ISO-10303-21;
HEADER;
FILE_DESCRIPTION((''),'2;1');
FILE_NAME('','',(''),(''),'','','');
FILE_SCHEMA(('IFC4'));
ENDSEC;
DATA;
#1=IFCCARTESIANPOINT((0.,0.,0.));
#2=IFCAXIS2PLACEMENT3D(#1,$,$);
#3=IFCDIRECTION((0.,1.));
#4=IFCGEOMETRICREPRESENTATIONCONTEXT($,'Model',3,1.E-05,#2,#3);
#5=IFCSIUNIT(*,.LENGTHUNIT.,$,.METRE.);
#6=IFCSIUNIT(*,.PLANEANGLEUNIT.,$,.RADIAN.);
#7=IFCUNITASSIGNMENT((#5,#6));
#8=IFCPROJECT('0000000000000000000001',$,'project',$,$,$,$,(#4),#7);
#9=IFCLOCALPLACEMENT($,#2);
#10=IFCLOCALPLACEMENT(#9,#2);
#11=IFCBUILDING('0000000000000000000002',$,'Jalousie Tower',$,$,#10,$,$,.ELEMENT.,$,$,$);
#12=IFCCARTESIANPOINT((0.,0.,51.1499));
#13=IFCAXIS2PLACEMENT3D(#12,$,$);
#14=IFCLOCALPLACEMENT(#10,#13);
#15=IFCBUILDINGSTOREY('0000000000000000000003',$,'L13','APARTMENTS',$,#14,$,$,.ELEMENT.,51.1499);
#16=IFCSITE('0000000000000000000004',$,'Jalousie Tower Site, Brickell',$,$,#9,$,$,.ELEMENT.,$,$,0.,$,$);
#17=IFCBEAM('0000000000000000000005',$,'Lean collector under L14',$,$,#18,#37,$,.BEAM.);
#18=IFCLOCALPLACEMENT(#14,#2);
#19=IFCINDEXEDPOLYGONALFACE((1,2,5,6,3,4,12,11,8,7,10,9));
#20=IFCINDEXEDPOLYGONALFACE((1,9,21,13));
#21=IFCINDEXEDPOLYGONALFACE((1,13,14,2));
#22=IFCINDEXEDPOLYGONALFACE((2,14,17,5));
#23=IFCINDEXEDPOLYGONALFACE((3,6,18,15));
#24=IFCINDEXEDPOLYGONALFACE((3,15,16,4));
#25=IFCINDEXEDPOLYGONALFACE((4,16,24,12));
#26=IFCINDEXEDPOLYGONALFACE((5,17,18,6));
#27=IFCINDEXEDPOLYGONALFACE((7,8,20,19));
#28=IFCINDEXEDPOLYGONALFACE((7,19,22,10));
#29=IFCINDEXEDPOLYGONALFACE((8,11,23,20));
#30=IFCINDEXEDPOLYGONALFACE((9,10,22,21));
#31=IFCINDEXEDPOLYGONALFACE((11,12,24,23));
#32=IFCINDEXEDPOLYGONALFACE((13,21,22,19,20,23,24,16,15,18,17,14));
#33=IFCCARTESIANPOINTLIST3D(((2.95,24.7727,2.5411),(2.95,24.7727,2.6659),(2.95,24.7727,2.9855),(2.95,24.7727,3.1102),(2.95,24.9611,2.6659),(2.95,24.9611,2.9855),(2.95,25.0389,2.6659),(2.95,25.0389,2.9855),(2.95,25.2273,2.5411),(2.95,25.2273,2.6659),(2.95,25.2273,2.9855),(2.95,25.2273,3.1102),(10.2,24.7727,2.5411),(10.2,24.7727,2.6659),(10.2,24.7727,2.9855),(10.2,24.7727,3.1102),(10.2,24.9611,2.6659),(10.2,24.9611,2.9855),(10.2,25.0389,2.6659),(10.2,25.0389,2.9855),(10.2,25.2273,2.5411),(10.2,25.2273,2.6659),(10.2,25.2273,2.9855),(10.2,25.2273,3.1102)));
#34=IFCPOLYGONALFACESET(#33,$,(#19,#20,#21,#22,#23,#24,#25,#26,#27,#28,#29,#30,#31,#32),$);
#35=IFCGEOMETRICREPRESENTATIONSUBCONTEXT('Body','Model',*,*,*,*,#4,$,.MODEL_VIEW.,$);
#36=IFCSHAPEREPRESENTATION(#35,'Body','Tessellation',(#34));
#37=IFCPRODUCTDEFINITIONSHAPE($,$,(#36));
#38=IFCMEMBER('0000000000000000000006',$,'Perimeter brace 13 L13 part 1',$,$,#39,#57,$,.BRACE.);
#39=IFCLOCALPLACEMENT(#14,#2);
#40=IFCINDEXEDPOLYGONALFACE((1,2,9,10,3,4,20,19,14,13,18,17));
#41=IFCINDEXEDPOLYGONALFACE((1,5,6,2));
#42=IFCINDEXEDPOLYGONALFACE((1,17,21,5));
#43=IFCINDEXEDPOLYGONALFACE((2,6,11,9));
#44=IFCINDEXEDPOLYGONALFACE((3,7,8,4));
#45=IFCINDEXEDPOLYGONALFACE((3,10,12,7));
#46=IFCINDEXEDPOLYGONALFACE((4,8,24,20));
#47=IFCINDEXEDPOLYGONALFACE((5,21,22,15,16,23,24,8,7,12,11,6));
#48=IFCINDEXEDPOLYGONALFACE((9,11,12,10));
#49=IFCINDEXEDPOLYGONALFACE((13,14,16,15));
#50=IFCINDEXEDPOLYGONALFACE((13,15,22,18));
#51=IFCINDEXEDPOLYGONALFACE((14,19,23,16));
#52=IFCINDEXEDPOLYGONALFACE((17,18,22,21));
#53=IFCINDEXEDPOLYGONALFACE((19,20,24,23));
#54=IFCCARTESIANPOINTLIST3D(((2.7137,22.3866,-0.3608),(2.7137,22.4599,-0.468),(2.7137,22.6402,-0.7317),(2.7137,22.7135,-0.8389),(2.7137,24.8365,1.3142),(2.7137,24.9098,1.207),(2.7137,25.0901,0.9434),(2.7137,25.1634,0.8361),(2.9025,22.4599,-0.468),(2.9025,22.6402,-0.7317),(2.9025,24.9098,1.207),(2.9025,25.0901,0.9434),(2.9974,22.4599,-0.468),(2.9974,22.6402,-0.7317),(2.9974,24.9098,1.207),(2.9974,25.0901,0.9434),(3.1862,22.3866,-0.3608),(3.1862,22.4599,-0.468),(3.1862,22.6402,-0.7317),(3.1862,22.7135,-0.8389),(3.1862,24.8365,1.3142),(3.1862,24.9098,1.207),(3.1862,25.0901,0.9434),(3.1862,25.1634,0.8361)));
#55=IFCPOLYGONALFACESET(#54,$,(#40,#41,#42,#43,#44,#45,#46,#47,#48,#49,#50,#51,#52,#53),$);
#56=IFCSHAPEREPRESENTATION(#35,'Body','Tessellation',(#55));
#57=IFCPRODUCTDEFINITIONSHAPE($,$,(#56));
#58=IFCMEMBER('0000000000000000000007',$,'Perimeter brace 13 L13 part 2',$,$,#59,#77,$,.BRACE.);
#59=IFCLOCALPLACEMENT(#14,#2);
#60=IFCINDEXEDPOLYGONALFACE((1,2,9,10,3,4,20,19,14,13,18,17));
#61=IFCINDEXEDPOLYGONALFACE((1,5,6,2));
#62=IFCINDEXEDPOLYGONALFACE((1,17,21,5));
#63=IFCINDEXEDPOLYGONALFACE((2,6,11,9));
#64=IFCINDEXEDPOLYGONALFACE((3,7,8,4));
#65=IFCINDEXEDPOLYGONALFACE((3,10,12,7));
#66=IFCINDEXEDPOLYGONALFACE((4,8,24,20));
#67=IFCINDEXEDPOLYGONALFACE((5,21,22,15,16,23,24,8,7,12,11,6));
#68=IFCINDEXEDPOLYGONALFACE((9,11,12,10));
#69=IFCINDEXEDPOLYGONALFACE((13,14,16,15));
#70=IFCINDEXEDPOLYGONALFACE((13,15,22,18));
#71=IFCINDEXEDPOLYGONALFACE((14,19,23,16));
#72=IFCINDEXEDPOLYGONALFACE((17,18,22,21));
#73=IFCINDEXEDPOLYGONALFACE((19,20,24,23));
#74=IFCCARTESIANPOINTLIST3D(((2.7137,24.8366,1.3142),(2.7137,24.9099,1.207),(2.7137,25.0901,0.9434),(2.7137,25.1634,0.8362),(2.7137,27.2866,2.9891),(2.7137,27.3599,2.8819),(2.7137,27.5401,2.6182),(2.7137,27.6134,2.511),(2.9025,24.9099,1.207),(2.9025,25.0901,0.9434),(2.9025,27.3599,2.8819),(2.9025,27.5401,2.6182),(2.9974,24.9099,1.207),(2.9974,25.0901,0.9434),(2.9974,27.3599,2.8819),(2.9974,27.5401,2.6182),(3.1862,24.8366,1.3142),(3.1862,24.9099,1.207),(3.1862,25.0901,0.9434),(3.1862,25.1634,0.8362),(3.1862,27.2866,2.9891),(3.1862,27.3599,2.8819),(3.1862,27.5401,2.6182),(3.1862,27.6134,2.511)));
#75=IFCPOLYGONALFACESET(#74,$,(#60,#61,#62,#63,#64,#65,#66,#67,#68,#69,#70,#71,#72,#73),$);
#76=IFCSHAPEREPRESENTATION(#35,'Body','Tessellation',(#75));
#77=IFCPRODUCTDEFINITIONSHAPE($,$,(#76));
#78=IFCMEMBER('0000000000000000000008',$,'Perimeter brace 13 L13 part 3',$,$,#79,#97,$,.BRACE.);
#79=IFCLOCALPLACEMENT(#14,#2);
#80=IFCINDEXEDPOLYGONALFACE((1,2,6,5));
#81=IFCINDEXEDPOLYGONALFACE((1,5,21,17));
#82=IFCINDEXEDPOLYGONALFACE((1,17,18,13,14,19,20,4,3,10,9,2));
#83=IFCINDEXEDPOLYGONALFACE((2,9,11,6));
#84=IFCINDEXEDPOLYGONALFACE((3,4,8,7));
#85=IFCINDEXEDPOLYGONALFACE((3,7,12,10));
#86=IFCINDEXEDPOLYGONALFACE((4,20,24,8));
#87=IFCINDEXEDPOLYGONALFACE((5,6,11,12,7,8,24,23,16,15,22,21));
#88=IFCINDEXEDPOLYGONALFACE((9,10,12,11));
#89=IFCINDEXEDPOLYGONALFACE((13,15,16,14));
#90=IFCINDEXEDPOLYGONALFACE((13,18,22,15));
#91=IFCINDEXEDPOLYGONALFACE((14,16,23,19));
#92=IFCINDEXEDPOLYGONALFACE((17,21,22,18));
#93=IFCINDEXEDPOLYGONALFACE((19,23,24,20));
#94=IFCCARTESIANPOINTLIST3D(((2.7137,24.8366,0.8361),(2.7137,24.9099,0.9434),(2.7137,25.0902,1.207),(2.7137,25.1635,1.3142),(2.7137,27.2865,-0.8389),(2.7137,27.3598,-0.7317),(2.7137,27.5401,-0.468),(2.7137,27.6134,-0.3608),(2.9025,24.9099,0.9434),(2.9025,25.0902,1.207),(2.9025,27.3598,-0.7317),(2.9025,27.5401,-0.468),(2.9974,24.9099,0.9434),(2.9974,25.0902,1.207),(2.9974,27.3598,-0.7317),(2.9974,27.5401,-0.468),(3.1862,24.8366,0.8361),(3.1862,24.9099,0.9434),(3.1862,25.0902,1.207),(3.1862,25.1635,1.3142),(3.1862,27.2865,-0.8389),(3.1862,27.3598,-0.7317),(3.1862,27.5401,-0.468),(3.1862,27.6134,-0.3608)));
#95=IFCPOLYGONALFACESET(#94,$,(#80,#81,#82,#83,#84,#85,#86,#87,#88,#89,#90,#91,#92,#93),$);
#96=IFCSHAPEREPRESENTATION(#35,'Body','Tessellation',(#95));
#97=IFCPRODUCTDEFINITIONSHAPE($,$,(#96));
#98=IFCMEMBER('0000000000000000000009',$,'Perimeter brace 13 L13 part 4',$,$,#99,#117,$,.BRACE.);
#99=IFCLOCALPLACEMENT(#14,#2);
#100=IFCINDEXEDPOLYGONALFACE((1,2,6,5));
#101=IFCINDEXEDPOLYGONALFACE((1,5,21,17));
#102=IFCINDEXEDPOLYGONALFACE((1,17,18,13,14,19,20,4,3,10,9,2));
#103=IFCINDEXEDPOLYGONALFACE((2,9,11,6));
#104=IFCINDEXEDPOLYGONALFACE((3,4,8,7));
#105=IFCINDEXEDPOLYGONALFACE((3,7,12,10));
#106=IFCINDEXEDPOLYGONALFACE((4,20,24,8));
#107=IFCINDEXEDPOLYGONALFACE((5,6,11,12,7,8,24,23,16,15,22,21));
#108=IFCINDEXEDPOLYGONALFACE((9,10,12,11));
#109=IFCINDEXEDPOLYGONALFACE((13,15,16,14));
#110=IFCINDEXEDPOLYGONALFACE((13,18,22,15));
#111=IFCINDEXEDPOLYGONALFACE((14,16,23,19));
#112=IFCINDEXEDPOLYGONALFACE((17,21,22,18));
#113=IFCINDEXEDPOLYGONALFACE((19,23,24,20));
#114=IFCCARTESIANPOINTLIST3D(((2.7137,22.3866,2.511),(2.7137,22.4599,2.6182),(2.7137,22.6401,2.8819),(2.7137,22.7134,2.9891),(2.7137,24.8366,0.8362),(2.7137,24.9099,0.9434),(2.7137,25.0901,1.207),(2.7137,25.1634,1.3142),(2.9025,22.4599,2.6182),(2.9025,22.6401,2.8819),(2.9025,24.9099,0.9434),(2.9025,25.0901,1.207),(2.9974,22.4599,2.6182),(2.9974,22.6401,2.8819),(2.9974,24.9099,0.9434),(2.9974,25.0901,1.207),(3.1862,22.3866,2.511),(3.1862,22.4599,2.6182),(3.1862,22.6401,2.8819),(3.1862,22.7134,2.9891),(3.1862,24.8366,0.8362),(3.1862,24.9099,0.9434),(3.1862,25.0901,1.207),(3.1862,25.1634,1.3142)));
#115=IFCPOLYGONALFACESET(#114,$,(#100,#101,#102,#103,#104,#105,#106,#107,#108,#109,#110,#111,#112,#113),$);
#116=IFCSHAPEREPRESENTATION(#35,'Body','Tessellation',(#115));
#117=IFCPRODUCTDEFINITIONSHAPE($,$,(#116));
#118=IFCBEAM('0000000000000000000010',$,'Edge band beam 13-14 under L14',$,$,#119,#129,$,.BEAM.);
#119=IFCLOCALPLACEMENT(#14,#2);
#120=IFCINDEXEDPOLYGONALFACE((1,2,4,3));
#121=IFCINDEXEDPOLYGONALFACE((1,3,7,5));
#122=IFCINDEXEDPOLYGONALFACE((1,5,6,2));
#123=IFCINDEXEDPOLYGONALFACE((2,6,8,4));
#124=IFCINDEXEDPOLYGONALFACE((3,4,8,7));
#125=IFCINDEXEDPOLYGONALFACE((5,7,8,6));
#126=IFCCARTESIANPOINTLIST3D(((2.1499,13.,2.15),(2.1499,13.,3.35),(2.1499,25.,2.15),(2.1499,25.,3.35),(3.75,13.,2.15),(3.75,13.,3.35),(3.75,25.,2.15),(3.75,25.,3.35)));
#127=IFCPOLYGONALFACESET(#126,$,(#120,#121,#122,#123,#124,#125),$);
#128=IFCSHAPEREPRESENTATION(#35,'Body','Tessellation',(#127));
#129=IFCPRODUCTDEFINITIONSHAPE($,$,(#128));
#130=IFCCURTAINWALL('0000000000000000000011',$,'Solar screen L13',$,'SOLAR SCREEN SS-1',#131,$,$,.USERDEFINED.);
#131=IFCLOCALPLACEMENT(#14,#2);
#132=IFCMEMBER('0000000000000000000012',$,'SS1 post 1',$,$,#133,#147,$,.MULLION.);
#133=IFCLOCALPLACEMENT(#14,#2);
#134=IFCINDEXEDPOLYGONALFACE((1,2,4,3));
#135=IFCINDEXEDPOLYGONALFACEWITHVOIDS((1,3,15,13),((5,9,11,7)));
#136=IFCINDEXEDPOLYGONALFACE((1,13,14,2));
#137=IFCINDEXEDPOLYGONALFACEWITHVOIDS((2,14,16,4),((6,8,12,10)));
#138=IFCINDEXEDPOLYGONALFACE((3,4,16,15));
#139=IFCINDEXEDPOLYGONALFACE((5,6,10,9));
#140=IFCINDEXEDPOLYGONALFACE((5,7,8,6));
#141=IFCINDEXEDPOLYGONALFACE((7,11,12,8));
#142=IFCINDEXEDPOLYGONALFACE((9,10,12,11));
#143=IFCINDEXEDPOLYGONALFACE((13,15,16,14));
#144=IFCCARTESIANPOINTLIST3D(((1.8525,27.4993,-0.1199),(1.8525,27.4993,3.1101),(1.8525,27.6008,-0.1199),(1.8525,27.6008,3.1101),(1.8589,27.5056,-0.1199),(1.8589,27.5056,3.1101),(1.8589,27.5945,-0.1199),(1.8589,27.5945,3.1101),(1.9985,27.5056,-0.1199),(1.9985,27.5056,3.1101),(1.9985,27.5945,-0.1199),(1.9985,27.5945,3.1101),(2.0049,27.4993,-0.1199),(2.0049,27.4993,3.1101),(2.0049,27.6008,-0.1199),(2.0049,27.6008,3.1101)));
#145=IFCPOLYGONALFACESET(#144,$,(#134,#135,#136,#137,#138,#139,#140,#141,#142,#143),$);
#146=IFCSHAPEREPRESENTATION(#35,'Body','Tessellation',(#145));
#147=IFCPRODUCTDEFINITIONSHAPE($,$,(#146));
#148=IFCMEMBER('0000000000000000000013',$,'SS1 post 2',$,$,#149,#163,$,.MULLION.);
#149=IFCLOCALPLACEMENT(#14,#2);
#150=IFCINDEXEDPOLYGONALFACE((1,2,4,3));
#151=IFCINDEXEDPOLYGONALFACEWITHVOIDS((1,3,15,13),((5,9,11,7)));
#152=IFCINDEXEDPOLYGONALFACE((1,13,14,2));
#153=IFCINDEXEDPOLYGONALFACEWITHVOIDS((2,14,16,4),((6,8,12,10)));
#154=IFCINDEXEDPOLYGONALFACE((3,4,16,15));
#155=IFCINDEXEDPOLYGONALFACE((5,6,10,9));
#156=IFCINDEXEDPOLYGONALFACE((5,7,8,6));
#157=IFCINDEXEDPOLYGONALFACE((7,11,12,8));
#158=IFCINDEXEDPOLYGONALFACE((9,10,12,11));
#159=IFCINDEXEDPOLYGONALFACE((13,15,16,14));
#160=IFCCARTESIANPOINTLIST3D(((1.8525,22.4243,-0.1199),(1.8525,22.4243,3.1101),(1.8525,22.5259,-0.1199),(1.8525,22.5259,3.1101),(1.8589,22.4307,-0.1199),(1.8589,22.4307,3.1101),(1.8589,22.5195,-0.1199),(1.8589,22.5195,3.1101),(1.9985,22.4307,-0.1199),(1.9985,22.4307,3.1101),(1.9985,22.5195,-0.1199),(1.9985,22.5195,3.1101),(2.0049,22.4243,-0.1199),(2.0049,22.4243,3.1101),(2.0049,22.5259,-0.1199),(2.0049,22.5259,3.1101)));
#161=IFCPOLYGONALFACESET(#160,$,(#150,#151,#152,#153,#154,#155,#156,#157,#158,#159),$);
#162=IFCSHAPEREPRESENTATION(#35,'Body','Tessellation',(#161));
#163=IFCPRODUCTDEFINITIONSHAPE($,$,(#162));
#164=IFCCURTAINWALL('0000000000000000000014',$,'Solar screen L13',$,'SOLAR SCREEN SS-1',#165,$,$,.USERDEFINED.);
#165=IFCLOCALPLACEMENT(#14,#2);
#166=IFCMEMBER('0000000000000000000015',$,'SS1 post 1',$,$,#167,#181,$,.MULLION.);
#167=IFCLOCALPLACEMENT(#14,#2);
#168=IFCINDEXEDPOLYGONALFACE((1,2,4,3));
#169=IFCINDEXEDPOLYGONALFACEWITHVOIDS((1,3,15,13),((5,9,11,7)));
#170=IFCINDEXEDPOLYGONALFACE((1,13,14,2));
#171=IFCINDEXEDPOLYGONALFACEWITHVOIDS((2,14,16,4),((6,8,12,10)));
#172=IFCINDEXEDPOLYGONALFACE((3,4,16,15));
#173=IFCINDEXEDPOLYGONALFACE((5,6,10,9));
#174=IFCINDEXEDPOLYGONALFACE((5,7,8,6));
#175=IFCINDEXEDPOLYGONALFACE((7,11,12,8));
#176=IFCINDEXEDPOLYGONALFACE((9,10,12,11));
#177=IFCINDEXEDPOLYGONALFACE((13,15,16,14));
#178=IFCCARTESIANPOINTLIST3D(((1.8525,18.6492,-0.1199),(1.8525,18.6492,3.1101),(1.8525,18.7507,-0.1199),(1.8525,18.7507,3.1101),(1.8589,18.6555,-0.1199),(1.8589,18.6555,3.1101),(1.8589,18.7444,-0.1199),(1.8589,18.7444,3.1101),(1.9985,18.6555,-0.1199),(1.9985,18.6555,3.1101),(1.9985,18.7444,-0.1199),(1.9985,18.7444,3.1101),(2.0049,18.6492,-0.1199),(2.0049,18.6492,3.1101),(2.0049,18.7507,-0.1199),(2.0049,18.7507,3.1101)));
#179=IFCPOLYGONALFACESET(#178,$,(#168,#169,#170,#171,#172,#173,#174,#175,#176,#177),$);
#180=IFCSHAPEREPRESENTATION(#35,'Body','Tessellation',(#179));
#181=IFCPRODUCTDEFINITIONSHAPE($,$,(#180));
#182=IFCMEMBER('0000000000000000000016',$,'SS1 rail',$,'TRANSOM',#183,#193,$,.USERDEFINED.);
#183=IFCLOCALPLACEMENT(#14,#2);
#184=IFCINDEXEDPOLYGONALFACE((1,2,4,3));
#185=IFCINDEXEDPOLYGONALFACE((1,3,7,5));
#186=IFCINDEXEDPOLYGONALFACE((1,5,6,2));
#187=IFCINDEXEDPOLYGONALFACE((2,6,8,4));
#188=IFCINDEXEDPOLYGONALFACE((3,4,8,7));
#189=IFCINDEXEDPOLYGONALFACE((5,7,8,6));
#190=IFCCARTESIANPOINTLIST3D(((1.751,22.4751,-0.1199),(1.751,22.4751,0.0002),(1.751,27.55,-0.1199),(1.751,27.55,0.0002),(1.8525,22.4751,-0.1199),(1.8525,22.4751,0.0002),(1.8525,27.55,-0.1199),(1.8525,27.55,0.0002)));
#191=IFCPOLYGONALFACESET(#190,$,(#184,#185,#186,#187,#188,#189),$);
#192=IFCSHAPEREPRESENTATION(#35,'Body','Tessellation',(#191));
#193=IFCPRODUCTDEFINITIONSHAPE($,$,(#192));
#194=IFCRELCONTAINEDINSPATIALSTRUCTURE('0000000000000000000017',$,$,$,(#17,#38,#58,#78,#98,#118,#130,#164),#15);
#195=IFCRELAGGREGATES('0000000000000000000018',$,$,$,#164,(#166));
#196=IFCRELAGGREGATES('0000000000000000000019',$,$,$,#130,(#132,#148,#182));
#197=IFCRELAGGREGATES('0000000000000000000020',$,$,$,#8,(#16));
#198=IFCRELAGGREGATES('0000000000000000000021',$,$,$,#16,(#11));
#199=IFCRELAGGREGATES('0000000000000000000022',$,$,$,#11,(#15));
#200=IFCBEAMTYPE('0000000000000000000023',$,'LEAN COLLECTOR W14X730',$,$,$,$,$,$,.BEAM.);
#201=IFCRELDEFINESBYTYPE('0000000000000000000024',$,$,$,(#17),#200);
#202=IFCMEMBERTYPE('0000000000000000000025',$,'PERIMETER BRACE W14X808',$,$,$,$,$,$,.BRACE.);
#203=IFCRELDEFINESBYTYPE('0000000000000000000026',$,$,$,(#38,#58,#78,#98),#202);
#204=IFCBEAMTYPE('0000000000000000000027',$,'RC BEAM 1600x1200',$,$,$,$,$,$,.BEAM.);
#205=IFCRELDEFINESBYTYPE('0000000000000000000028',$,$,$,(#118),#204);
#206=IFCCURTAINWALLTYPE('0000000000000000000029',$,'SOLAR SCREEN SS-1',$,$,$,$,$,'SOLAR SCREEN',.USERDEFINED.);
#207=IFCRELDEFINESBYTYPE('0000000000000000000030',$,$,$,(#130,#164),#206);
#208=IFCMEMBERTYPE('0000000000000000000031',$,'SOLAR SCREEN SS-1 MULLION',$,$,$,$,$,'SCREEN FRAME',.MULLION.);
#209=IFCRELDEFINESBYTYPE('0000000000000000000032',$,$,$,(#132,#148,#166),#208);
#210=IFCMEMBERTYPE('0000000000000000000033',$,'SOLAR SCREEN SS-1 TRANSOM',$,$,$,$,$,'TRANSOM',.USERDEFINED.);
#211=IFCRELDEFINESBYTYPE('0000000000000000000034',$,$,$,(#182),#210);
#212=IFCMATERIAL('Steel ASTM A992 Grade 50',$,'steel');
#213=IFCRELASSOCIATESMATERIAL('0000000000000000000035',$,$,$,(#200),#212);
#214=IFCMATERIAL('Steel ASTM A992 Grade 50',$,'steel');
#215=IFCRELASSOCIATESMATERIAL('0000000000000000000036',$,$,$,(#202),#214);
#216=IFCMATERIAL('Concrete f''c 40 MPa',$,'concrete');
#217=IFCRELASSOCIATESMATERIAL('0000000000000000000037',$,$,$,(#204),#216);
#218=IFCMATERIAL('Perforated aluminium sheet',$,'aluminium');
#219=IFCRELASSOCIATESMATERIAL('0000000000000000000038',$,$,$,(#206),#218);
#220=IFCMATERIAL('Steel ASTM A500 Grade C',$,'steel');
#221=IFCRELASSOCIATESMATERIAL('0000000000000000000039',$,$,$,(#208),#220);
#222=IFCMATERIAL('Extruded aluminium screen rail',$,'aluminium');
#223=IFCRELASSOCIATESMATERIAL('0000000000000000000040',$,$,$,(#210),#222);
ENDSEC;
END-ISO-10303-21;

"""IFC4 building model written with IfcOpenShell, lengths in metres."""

from ifc_helpers import new_model, si_unit, direction, frame, origin, origin_2d, place, context, subcontext, project, spatial, rectangle, hollow_rectangle, i_section, extrude, material, material_profile, profile_set, type_object, element, aggregate, save


model = new_model("IFC4")

# Units and contexts
model_context = context("Model", 3, precision=1e-05, world=origin(), true_north=direction((0.0, 1.0)))
body_context = subcontext(model_context, "Body", "Model", "MODEL_VIEW")
ifc_project = project(units=[si_unit("LENGTHUNIT", "METRE"), si_unit("PLANEANGLEUNIT", "RADIAN")], contexts=[model_context])

# Site, building, storey
site_placement = place(None, origin())
site = spatial("IfcSite", under=ifc_project, at=site_placement, Name="Jalousie Tower Site, Brickell", CompositionType="ELEMENT", RefElevation=0.0)
building_placement = place(site_placement, origin())
building = spatial("IfcBuilding", under=site, at=building_placement, Name="Jalousie Tower", CompositionType="ELEMENT")
storey_placement = place(building_placement, frame((0.0, 0.0, 51.1499)))
storey = spatial("IfcBuildingStorey", under=building, at=storey_placement, Name="L13", Description="APARTMENTS", CompositionType="ELEMENT", Elevation=51.1499)

# Beam
ifc_material_1 = material(Name="Steel ASTM A992 Grade 50", Category="steel")
ifc_material_profile_1 = material_profile(ifc_material_1, i_section(OverallWidth=0.4546, OverallDepth=0.5691, WebThickness=0.0779, FlangeThickness=0.1248, at=origin_2d()), Name="W14X730")
ifc_profile_set_1 = profile_set([ifc_material_profile_1], Name="Steel ASTM A992 Grade 50")
beam_type_1 = type_object("IfcBeamType", Name="LEAN COLLECTOR W14X730", PredefinedType="BEAM", material=ifc_profile_set_1)
beam_1_placement = place(storey_placement, frame((2.95, 25.0, 2.8257), z_axis=(1.0, 0.0, 0.0), x_axis=(0.0, 1.0, 0.0)))
element("IfcBeam", 1, at=beam_1_placement, inside=storey, type_object=beam_type_1, Name="Lean collector under L14", PredefinedType="BEAM", context=body_context, shape_type="SweptSolid", body=[
    extrude(i_section(OverallWidth=0.4546, OverallDepth=0.5691, WebThickness=0.0779, FlangeThickness=0.1248, at=origin_2d()), origin(), (0.0, 0.0, 1.0), 7.25),
])

# Members
ifc_material_2 = material(Name="Steel ASTM A992 Grade 50", Category="steel")
ifc_material_profile_2 = material_profile(ifc_material_2, i_section(OverallWidth=0.4724, OverallDepth=0.5791, WebThickness=0.095, FlangeThickness=0.1299, at=origin_2d()), Name="W14X808")
ifc_profile_set_2 = profile_set([ifc_material_profile_2], Name="Steel ASTM A992 Grade 50")
member_type_1 = type_object("IfcMemberType", Name="PERIMETER BRACE W14X808", PredefinedType="BRACE", material=ifc_profile_set_2)
for number, where, z_axis, x_axis, name in (
    (2, (2.95, 22.55, -0.5999), (0.0, 0.825501, 0.564401), (-1.0, 0.0, 0.0), "Perimeter brace 13 L13 part 1"),
    (3, (2.95, 25.0, 1.0752), (0.0, 0.825539, 0.564345), (-1.0, 0.0, 0.0), "Perimeter brace 13 L13 part 2"),
    (4, (2.95, 27.45, -0.5999), (0.0, -0.825501, 0.564401), (1.0, 0.0, 0.0), "Perimeter brace 13 L13 part 3"),
    (5, (2.95, 25.0, 1.0752), (0.0, -0.825539, 0.564345), (1.0, 0.0, 0.0), "Perimeter brace 13 L13 part 4"),
):
    element("IfcMember", number, at=place(storey_placement, frame(where, z_axis=z_axis, x_axis=x_axis)), inside=storey, type_object=member_type_1, Name=name, PredefinedType="BRACE", context=body_context, shape_type="SweptSolid", body=[
        extrude(i_section(OverallWidth=0.4724, OverallDepth=0.5791, WebThickness=0.095, FlangeThickness=0.1299, at=origin_2d()), origin(), (0.0, 0.0, 1.0), 2.9678),
    ])

# Beam
ifc_material_3 = material(Name="Concrete f'c 40 MPa", Category="concrete")
ifc_material_profile_3 = material_profile(ifc_material_3, rectangle(XDim=1.6001, YDim=1.2, at=origin_2d()), Name="RC 1600x1200")
ifc_profile_set_3 = profile_set([ifc_material_profile_3], Name="Concrete f'c 40 MPa")
beam_type_2 = type_object("IfcBeamType", Name="RC BEAM 1600x1200", PredefinedType="BEAM", material=ifc_profile_set_3)
beam_2_placement = place(storey_placement, frame((2.95, 25.0, 2.75), z_axis=(0.0, -1.0, 0.0), x_axis=(1.0, 0.0, 0.0)))
element("IfcBeam", 6, at=beam_2_placement, inside=storey, type_object=beam_type_2, Name="Edge band beam 13-14 under L14", PredefinedType="BEAM", context=body_context, shape_type="SweptSolid", body=[
    extrude(rectangle(XDim=1.6001, YDim=1.2, at=origin_2d()), origin(), (0.0, 0.0, 1.0), 12.0),
])

# Curtain wall, members
ifc_material_4 = material(Name="Perforated aluminium sheet", Category="aluminium")
curtain_wall_type = type_object("IfcCurtainWallType", Name="SOLAR SCREEN SS-1", ElementType="SOLAR SCREEN", PredefinedType="USERDEFINED", material=ifc_material_4)
curtain_wall_1_placement = place(storey_placement, origin())
curtain_wall_1 = element("IfcCurtainWall", 7, at=curtain_wall_1_placement, inside=storey, type_object=curtain_wall_type, Name="Solar screen L13", ObjectType="SOLAR SCREEN SS-1", PredefinedType="USERDEFINED")
ifc_material_5 = material(Name="Steel ASTM A500 Grade C", Category="steel")
ifc_material_profile_4 = material_profile(ifc_material_5, hollow_rectangle(XDim=0.1016, YDim=0.1523, WallThickness=0.0063, at=origin_2d()), Name="HSS6X4X1/4")
ifc_profile_set_4 = profile_set([ifc_material_profile_4], Name="Steel ASTM A500 Grade C")
member_type_2 = type_object("IfcMemberType", Name="SOLAR SCREEN SS-1 MULLION", ElementType="SCREEN FRAME", PredefinedType="MULLION", material=ifc_profile_set_4)
member_1_placement = place(storey_placement, frame((1.9287, 27.55, -0.1199), z_axis=(0.0, 0.0, 1.0), x_axis=(0.0, -1.0, 0.0)))
member_1 = element("IfcMember", 8, at=member_1_placement, type_object=member_type_2, Name="SS1 post 1", PredefinedType="MULLION", context=body_context, shape_type="SweptSolid", body=[
    extrude(hollow_rectangle(XDim=0.1016, YDim=0.1523, WallThickness=0.0063, at=origin_2d()), origin(), (0.0, 0.0, 1.0), 3.23),
])
member_2_placement = place(storey_placement, frame((1.9287, 22.4751, -0.1199), z_axis=(0.0, 0.0, 1.0), x_axis=(0.0, -1.0, 0.0)))
member_2 = element("IfcMember", 9, at=member_2_placement, type_object=member_type_2, Name="SS1 post 2", PredefinedType="MULLION", context=body_context, shape_type="SweptSolid", body=[
    extrude(hollow_rectangle(XDim=0.1016, YDim=0.1523, WallThickness=0.0063, at=origin_2d()), origin(), (0.0, 0.0, 1.0), 3.23),
])

# Curtain wall, member
curtain_wall_2_placement = place(storey_placement, origin())
curtain_wall_2 = element("IfcCurtainWall", 10, at=curtain_wall_2_placement, inside=storey, type_object=curtain_wall_type, Name="Solar screen L13", ObjectType="SOLAR SCREEN SS-1", PredefinedType="USERDEFINED")
member_3_placement = place(storey_placement, frame((1.9287, 18.7, -0.1199), z_axis=(0.0, 0.0, 1.0), x_axis=(0.0, -1.0, 0.0)))
member_3 = element("IfcMember", 11, at=member_3_placement, type_object=member_type_2, Name="SS1 post 1", PredefinedType="MULLION", context=body_context, shape_type="SweptSolid", body=[
    extrude(hollow_rectangle(XDim=0.1016, YDim=0.1523, WallThickness=0.0063, at=origin_2d()), origin(), (0.0, 0.0, 1.0), 3.23),
])

# Member
ifc_material_6 = material(Name="Extruded aluminium screen rail", Category="aluminium")
ifc_material_profile_5 = material_profile(ifc_material_6, rectangle(XDim=0.1016, YDim=0.1201, at=origin_2d()), Name="RAIL 102x120")
ifc_profile_set_5 = profile_set([ifc_material_profile_5], Name="Extruded aluminium screen rail")
member_type_3 = type_object("IfcMemberType", Name="SOLAR SCREEN SS-1 TRANSOM", ElementType="TRANSOM", PredefinedType="USERDEFINED", material=ifc_profile_set_5)
member_4_placement = place(storey_placement, frame((1.8018, 27.55, -0.0598), z_axis=(0.0, -1.0, 0.0), x_axis=(1.0, 0.0, 0.0)))
member_4 = element("IfcMember", 12, at=member_4_placement, type_object=member_type_3, Name="SS1 rail", ObjectType="TRANSOM", PredefinedType="USERDEFINED", context=body_context, shape_type="SweptSolid", body=[
    extrude(rectangle(XDim=0.1016, YDim=0.1201, at=origin_2d()), origin(), (0.0, 0.0, 1.0), 5.075),
])
aggregate(curtain_wall_2, [member_3])

aggregate(curtain_wall_1, [member_1, member_2, member_4])

save(model, "model.ifc")
